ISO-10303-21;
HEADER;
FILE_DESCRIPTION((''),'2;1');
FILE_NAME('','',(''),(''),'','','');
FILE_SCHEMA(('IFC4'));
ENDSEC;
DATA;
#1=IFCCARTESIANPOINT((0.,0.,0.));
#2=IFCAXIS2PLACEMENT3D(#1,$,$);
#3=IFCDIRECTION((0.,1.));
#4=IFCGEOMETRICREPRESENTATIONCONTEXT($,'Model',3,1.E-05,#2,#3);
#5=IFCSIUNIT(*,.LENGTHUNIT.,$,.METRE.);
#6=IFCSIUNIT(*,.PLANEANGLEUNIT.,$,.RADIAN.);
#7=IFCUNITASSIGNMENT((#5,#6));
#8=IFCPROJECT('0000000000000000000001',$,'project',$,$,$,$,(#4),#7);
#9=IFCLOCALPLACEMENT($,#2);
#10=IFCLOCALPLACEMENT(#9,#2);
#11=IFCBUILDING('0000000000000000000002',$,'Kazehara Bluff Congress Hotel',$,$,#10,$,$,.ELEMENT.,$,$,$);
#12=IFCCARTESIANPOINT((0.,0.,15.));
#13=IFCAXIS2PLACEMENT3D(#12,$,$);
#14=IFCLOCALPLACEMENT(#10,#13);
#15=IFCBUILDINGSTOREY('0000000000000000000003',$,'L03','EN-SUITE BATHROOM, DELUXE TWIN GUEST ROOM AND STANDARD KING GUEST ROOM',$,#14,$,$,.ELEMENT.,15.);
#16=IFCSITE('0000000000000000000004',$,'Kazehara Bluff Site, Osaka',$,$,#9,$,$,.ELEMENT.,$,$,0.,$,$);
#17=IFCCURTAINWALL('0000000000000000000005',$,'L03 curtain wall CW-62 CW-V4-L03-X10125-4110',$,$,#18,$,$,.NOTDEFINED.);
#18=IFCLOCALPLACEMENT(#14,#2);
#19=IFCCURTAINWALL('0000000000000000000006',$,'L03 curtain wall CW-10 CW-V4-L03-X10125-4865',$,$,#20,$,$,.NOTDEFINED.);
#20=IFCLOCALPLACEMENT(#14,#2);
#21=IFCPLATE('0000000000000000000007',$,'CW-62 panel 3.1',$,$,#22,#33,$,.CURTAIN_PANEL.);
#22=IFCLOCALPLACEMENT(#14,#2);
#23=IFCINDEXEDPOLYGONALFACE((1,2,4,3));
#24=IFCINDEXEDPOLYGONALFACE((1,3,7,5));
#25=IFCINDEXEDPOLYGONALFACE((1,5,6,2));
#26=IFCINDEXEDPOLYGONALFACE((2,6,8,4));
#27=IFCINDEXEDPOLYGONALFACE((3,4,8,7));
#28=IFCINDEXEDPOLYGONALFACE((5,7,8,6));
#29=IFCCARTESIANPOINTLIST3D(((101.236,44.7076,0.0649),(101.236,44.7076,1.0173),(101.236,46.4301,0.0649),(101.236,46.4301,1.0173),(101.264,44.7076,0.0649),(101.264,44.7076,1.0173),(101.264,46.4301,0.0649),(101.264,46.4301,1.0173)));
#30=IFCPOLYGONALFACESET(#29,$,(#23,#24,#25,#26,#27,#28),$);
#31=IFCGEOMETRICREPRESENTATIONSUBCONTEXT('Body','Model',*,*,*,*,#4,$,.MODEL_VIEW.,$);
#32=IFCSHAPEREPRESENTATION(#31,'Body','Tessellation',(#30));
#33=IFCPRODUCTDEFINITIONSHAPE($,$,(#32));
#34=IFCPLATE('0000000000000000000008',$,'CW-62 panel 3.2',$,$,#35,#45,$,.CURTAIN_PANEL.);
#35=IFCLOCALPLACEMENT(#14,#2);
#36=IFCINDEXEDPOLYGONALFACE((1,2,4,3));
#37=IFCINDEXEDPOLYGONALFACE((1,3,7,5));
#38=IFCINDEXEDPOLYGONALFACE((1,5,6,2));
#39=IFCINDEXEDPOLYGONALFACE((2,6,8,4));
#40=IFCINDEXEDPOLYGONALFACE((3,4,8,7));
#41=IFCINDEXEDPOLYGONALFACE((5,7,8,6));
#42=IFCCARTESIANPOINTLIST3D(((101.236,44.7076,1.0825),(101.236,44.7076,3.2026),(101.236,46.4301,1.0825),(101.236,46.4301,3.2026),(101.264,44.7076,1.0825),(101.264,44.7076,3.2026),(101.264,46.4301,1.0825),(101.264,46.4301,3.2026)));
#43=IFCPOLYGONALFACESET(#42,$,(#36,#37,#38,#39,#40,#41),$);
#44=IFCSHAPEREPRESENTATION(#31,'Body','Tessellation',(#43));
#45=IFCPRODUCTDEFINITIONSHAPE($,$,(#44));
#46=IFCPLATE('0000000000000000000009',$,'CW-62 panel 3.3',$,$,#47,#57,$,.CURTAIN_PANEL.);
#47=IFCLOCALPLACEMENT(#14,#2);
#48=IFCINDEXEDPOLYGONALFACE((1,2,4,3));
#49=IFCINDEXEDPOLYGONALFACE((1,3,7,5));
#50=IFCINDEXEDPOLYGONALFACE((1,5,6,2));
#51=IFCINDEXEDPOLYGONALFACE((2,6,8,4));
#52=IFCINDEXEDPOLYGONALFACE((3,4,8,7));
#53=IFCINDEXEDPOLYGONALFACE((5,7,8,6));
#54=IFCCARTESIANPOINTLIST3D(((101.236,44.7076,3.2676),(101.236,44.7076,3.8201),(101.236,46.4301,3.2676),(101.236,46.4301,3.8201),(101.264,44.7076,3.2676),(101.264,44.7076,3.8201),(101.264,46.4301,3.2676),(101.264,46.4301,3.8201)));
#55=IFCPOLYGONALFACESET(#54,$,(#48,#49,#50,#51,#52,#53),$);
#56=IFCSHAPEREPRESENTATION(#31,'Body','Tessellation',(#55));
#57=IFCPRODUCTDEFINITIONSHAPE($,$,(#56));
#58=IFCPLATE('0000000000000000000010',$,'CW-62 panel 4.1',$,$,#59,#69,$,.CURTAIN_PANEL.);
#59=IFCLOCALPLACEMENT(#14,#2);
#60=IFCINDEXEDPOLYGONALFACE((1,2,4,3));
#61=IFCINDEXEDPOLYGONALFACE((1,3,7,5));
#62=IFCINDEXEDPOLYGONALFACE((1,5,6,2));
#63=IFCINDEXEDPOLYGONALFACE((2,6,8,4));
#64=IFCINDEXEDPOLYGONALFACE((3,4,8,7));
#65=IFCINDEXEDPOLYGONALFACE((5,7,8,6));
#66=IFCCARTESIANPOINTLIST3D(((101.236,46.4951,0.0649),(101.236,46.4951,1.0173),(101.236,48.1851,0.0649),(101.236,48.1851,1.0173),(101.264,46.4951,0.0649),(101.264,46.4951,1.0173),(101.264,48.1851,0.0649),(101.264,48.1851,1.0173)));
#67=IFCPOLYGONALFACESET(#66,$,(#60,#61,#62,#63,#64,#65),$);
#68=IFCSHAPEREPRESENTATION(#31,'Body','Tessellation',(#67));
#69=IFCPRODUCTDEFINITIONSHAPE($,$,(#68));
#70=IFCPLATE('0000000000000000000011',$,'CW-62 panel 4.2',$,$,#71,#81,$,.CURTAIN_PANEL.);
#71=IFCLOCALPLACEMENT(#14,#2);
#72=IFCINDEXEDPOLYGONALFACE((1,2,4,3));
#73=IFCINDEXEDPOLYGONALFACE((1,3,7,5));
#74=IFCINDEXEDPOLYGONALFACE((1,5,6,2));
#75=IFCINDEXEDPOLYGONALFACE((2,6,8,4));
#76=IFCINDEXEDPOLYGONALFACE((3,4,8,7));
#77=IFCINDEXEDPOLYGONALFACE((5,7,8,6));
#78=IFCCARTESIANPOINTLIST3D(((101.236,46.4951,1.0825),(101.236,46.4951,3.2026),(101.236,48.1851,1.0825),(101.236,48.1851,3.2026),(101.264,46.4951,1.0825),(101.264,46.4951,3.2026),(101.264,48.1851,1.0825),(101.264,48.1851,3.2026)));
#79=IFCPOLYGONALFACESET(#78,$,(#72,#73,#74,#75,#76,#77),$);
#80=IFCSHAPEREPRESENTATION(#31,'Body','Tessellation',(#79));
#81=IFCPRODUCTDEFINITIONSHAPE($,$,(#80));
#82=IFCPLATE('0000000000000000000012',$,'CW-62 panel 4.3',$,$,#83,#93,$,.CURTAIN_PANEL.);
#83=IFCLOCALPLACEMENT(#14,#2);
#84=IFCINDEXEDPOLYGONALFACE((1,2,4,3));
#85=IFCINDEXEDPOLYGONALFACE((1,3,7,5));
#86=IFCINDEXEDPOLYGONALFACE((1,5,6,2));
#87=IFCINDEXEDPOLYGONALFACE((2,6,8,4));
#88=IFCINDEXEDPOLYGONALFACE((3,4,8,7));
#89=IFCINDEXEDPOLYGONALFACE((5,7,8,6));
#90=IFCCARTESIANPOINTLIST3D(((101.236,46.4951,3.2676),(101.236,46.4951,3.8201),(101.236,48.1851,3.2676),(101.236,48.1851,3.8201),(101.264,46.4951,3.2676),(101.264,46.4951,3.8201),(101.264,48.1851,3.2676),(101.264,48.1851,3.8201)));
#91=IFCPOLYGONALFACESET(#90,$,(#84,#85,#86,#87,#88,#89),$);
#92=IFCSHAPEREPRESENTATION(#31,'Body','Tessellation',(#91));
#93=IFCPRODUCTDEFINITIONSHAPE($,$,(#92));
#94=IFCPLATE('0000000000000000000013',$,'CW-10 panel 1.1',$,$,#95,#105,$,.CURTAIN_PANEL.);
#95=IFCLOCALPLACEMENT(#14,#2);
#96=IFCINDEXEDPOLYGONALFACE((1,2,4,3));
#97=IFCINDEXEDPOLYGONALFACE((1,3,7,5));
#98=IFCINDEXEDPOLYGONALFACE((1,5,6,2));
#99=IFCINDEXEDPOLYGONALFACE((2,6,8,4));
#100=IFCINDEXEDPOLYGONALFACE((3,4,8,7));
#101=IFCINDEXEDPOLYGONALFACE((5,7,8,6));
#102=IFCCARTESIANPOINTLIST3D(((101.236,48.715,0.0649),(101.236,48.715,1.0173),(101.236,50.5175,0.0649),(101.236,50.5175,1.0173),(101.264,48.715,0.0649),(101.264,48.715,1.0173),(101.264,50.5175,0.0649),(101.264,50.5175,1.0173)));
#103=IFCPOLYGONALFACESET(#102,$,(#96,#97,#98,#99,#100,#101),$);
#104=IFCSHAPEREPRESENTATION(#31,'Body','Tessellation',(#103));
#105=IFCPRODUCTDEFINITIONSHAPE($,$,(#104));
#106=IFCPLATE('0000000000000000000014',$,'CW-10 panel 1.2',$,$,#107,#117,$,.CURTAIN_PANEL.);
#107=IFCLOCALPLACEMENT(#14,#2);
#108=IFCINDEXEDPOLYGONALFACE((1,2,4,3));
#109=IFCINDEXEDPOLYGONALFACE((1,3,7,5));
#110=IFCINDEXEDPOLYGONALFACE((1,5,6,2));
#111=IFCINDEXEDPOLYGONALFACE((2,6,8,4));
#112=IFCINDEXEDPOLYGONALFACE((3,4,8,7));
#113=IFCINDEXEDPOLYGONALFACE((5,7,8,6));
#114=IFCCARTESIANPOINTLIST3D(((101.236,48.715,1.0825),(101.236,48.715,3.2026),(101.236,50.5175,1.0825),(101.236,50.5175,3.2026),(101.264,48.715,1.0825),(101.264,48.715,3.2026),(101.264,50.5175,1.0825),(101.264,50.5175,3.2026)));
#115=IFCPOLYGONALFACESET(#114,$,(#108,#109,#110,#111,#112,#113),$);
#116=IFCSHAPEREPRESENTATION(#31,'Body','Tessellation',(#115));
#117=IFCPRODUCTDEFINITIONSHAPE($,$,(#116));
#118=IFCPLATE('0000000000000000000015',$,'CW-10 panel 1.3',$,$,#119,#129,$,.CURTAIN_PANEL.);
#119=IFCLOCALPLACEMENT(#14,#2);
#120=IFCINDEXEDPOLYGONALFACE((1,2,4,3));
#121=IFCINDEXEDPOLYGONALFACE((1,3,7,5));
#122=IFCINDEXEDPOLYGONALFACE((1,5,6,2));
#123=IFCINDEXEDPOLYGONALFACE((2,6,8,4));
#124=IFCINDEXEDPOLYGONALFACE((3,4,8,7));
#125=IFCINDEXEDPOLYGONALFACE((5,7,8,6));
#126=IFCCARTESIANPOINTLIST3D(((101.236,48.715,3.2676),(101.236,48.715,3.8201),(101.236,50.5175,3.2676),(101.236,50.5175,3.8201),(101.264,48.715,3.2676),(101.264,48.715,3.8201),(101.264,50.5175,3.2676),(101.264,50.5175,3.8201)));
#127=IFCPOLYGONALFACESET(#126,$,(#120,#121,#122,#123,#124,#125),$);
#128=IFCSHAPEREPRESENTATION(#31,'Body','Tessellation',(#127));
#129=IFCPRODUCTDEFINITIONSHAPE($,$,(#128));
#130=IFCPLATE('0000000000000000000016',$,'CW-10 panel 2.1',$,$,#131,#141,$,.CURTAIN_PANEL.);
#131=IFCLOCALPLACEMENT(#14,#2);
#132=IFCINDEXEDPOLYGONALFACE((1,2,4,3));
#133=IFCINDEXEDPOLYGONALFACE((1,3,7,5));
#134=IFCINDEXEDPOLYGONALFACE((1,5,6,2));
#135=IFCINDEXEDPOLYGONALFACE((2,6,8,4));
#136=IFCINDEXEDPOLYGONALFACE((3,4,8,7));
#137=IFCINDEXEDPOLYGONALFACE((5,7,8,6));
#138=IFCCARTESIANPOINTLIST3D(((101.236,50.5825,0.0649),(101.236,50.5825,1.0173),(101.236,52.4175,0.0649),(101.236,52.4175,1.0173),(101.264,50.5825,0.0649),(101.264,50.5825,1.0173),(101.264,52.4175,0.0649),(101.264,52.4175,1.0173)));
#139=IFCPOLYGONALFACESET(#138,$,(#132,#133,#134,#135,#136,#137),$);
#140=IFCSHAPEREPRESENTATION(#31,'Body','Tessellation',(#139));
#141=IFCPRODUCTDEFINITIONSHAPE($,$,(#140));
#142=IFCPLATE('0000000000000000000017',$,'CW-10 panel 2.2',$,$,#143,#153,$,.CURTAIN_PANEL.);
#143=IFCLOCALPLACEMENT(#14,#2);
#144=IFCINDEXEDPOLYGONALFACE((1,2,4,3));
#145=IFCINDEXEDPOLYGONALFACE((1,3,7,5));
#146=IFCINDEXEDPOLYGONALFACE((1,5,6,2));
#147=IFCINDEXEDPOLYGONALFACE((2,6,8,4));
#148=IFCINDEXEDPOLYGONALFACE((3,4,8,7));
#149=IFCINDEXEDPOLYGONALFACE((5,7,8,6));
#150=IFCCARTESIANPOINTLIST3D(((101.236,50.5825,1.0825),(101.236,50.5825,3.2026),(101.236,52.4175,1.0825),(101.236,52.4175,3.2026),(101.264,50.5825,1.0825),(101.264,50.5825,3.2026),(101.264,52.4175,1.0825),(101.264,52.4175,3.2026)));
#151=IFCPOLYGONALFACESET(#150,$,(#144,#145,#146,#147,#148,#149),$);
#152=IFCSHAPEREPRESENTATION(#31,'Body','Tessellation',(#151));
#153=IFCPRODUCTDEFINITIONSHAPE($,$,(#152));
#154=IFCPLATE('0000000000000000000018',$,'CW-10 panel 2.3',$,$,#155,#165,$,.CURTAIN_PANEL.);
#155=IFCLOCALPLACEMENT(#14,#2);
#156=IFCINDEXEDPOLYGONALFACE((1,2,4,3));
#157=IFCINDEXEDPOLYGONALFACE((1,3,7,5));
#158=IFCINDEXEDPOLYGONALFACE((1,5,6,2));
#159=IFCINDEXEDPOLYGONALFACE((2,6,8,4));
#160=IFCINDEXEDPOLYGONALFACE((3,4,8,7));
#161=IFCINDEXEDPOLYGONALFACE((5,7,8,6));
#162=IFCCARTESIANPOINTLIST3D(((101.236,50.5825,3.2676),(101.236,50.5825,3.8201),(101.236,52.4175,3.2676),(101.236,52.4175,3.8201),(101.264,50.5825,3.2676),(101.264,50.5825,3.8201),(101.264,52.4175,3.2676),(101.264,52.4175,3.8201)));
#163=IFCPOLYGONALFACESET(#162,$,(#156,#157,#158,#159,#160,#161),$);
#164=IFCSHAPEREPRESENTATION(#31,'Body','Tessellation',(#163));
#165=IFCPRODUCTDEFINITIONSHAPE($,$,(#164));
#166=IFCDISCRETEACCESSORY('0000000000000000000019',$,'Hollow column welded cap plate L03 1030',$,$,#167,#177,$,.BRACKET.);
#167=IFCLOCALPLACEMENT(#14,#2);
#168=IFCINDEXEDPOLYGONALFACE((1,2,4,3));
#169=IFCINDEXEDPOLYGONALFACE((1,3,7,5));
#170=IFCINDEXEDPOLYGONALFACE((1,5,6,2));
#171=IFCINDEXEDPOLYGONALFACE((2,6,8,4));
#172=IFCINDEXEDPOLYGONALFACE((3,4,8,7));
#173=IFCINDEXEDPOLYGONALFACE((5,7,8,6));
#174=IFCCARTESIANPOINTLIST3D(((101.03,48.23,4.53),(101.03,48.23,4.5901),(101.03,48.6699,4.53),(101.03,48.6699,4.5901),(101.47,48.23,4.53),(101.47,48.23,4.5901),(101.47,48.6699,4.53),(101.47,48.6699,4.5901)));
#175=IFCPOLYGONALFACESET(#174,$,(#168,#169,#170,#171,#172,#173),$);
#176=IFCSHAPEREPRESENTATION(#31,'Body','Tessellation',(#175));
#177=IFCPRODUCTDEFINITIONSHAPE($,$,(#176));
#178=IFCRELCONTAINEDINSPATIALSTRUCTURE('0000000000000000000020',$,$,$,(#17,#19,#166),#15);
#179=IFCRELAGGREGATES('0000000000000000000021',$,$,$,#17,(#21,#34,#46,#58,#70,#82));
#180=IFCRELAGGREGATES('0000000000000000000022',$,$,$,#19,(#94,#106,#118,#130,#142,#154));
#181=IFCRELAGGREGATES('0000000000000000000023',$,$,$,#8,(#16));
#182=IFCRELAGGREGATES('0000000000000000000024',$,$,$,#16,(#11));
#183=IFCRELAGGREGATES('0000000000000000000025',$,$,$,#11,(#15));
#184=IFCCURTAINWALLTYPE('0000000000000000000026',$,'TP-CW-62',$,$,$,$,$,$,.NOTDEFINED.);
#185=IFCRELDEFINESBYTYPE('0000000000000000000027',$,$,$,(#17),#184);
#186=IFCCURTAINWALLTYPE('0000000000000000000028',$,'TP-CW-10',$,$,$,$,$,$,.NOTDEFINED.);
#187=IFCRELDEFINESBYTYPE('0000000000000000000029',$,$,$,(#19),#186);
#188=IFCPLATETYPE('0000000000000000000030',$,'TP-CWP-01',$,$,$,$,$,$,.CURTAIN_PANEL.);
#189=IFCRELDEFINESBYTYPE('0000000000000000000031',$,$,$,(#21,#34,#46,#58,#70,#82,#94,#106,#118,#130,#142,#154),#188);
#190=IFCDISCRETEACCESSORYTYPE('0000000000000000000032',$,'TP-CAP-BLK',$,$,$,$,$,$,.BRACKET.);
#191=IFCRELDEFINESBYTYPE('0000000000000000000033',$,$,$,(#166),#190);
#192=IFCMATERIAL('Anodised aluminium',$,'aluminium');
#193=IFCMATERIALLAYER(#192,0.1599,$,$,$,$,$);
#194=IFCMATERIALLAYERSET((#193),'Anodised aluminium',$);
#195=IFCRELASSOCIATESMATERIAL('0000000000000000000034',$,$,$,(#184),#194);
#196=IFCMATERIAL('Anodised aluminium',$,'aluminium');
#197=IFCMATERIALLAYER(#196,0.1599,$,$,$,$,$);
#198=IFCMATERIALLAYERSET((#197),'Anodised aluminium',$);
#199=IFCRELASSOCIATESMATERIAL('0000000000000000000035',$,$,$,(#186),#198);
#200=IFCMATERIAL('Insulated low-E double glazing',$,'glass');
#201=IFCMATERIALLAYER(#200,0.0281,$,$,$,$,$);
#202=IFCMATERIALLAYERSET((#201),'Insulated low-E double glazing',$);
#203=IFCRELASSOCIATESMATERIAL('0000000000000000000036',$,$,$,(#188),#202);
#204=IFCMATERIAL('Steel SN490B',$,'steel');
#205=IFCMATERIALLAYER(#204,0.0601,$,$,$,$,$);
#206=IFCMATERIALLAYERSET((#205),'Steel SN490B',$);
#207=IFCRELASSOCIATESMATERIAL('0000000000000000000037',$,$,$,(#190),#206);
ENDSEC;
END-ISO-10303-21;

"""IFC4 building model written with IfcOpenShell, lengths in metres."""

from ifc_helpers import new_model, si_unit, direction, frame, origin, origin_2d, place, context, subcontext, project, spatial, rectangle, extrude, material, layer, layer_set, type_object, element, aggregate, save


model = new_model("IFC4")

# Units and contexts
model_context = context("Model", 3, precision=1e-05, world=origin(), true_north=direction((0.0, 1.0)))
body_context = subcontext(model_context, "Body", "Model", "MODEL_VIEW")
ifc_project = project(units=[si_unit("LENGTHUNIT", "METRE"), si_unit("PLANEANGLEUNIT", "RADIAN")], contexts=[model_context])

# Site, building, storey
site_placement = place(None, origin())
site = spatial("IfcSite", under=ifc_project, at=site_placement, Name="Kazehara Bluff Site, Osaka", CompositionType="ELEMENT", RefElevation=0.0)
building_placement = place(site_placement, origin())
building = spatial("IfcBuilding", under=site, at=building_placement, Name="Kazehara Bluff Congress Hotel", CompositionType="ELEMENT")
storey_placement = place(building_placement, frame((0.0, 0.0, 15.0)))
storey = spatial("IfcBuildingStorey", under=building, at=storey_placement, Name="L03", Description="EN-SUITE BATHROOM, DELUXE TWIN GUEST ROOM AND STANDARD KING GUEST ROOM", CompositionType="ELEMENT", Elevation=15.0)

# Curtain walls
ifc_material_1 = material(Name="Anodised aluminium", Category="aluminium")
ifc_layer_1 = layer(ifc_material_1, 0.1599)
ifc_layer_set_1 = layer_set([ifc_layer_1], Name="Anodised aluminium")
curtain_wall_type_1 = type_object("IfcCurtainWallType", Name="TP-CW-62", PredefinedType="NOTDEFINED", material=ifc_layer_set_1)
curtain_wall_1_placement = place(storey_placement, origin())
curtain_wall_1 = element("IfcCurtainWall", 1, at=curtain_wall_1_placement, inside=storey, type_object=curtain_wall_type_1, Name="L03 curtain wall CW-62 CW-V4-L03-X10125-4110", PredefinedType="NOTDEFINED")
ifc_material_2 = material(Name="Anodised aluminium", Category="aluminium")
ifc_layer_2 = layer(ifc_material_2, 0.1599)
ifc_layer_set_2 = layer_set([ifc_layer_2], Name="Anodised aluminium")
curtain_wall_type_2 = type_object("IfcCurtainWallType", Name="TP-CW-10", PredefinedType="NOTDEFINED", material=ifc_layer_set_2)
curtain_wall_2_placement = place(storey_placement, origin())
curtain_wall_2 = element("IfcCurtainWall", 2, at=curtain_wall_2_placement, inside=storey, type_object=curtain_wall_type_2, Name="L03 curtain wall CW-10 CW-V4-L03-X10125-4865", PredefinedType="NOTDEFINED")

# Plates
ifc_material_3 = material(Name="Insulated low-E double glazing", Category="glass")
ifc_layer_3 = layer(ifc_material_3, 0.0281)
ifc_layer_set_3 = layer_set([ifc_layer_3], Name="Insulated low-E double glazing")
plate_type = type_object("IfcPlateType", Name="TP-CWP-01", PredefinedType="CURTAIN_PANEL", material=ifc_layer_set_3)
plate_1_placement = place(storey_placement, frame((101.25, 45.5688, 0.0649), z_axis=(0.0, 0.0, 1.0), x_axis=(0.0, 1.0, 0.0)))
plate_1 = element("IfcPlate", 3, at=plate_1_placement, type_object=plate_type, Name="CW-62 panel 3.1", PredefinedType="CURTAIN_PANEL", context=body_context, shape_type="SweptSolid", body=[
    extrude(rectangle(XDim=1.7224, YDim=0.0281, at=origin_2d()), origin(), (0.0, 0.0, 1.0), 0.9524),
])
plate_2_placement = place(storey_placement, frame((101.25, 45.5688, 1.0825), z_axis=(0.0, 0.0, 1.0), x_axis=(0.0, 1.0, 0.0)))
plate_2 = element("IfcPlate", 4, at=plate_2_placement, type_object=plate_type, Name="CW-62 panel 3.2", PredefinedType="CURTAIN_PANEL", context=body_context, shape_type="SweptSolid", body=[
    extrude(rectangle(XDim=1.7224, YDim=0.0281, at=origin_2d()), origin(), (0.0, 0.0, 1.0), 2.1201),
])
plate_3_placement = place(storey_placement, frame((101.25, 45.5688, 3.2676), z_axis=(0.0, 0.0, 1.0), x_axis=(0.0, 1.0, 0.0)))
plate_3 = element("IfcPlate", 5, at=plate_3_placement, type_object=plate_type, Name="CW-62 panel 3.3", PredefinedType="CURTAIN_PANEL", context=body_context, shape_type="SweptSolid", body=[
    extrude(rectangle(XDim=1.7224, YDim=0.0281, at=origin_2d()), origin(), (0.0, 0.0, 1.0), 0.5525),
])
plate_4_placement = place(storey_placement, frame((101.25, 47.3401, 0.0649), z_axis=(0.0, 0.0, 1.0), x_axis=(0.0, 1.0, 0.0)))
plate_4 = element("IfcPlate", 6, at=plate_4_placement, type_object=plate_type, Name="CW-62 panel 4.1", PredefinedType="CURTAIN_PANEL", context=body_context, shape_type="SweptSolid", body=[
    extrude(rectangle(XDim=1.6899, YDim=0.0281, at=origin_2d()), origin(), (0.0, 0.0, 1.0), 0.9524),
])
plate_5_placement = place(storey_placement, frame((101.25, 47.3401, 1.0825), z_axis=(0.0, 0.0, 1.0), x_axis=(0.0, 1.0, 0.0)))
plate_5 = element("IfcPlate", 7, at=plate_5_placement, type_object=plate_type, Name="CW-62 panel 4.2", PredefinedType="CURTAIN_PANEL", context=body_context, shape_type="SweptSolid", body=[
    extrude(rectangle(XDim=1.6899, YDim=0.0281, at=origin_2d()), origin(), (0.0, 0.0, 1.0), 2.1201),
])
plate_6_placement = place(storey_placement, frame((101.25, 47.3401, 3.2676), z_axis=(0.0, 0.0, 1.0), x_axis=(0.0, 1.0, 0.0)))
plate_6 = element("IfcPlate", 8, at=plate_6_placement, type_object=plate_type, Name="CW-62 panel 4.3", PredefinedType="CURTAIN_PANEL", context=body_context, shape_type="SweptSolid", body=[
    extrude(rectangle(XDim=1.6899, YDim=0.0281, at=origin_2d()), origin(), (0.0, 0.0, 1.0), 0.5525),
])
aggregate(curtain_wall_1, [plate_1, plate_2, plate_3, plate_4, plate_5, plate_6])
plate_7_placement = place(storey_placement, frame((101.25, 49.6162, 0.0649), z_axis=(0.0, 0.0, 1.0), x_axis=(0.0, 1.0, 0.0)))
plate_7 = element("IfcPlate", 9, at=plate_7_placement, type_object=plate_type, Name="CW-10 panel 1.1", PredefinedType="CURTAIN_PANEL", context=body_context, shape_type="SweptSolid", body=[
    extrude(rectangle(XDim=1.8025, YDim=0.0281, at=origin_2d()), origin(), (0.0, 0.0, 1.0), 0.9524),
])
plate_8_placement = place(storey_placement, frame((101.25, 49.6162, 1.0825), z_axis=(0.0, 0.0, 1.0), x_axis=(0.0, 1.0, 0.0)))
plate_8 = element("IfcPlate", 10, at=plate_8_placement, type_object=plate_type, Name="CW-10 panel 1.2", PredefinedType="CURTAIN_PANEL", context=body_context, shape_type="SweptSolid", body=[
    extrude(rectangle(XDim=1.8025, YDim=0.0281, at=origin_2d()), origin(), (0.0, 0.0, 1.0), 2.1201),
])
plate_9_placement = place(storey_placement, frame((101.25, 49.6162, 3.2676), z_axis=(0.0, 0.0, 1.0), x_axis=(0.0, 1.0, 0.0)))
plate_9 = element("IfcPlate", 11, at=plate_9_placement, type_object=plate_type, Name="CW-10 panel 1.3", PredefinedType="CURTAIN_PANEL", context=body_context, shape_type="SweptSolid", body=[
    extrude(rectangle(XDim=1.8025, YDim=0.0281, at=origin_2d()), origin(), (0.0, 0.0, 1.0), 0.5525),
])
plate_10_placement = place(storey_placement, frame((101.25, 51.5, 0.0649), z_axis=(0.0, 0.0, 1.0), x_axis=(0.0, 1.0, 0.0)))
plate_10 = element("IfcPlate", 12, at=plate_10_placement, type_object=plate_type, Name="CW-10 panel 2.1", PredefinedType="CURTAIN_PANEL", context=body_context, shape_type="SweptSolid", body=[
    extrude(rectangle(XDim=1.835, YDim=0.0281, at=origin_2d()), origin(), (0.0, 0.0, 1.0), 0.9524),
])
plate_11_placement = place(storey_placement, frame((101.25, 51.5, 1.0825), z_axis=(0.0, 0.0, 1.0), x_axis=(0.0, 1.0, 0.0)))
plate_11 = element("IfcPlate", 13, at=plate_11_placement, type_object=plate_type, Name="CW-10 panel 2.2", PredefinedType="CURTAIN_PANEL", context=body_context, shape_type="SweptSolid", body=[
    extrude(rectangle(XDim=1.835, YDim=0.0281, at=origin_2d()), origin(), (0.0, 0.0, 1.0), 2.1201),
])
plate_12_placement = place(storey_placement, frame((101.25, 51.5, 3.2676), z_axis=(0.0, 0.0, 1.0), x_axis=(0.0, 1.0, 0.0)))
plate_12 = element("IfcPlate", 14, at=plate_12_placement, type_object=plate_type, Name="CW-10 panel 2.3", PredefinedType="CURTAIN_PANEL", context=body_context, shape_type="SweptSolid", body=[
    extrude(rectangle(XDim=1.835, YDim=0.0281, at=origin_2d()), origin(), (0.0, 0.0, 1.0), 0.5525),
])
aggregate(curtain_wall_2, [plate_7, plate_8, plate_9, plate_10, plate_11, plate_12])

# Discrete accessory
ifc_material_4 = material(Name="Steel SN490B", Category="steel")
ifc_layer_4 = layer(ifc_material_4, 0.0601)
ifc_layer_set_4 = layer_set([ifc_layer_4], Name="Steel SN490B")
discrete_accessory_type = type_object("IfcDiscreteAccessoryType", Name="TP-CAP-BLK", PredefinedType="BRACKET", material=ifc_layer_set_4)
discrete_accessory_placement = place(storey_placement, frame((101.25, 48.45, 4.53), z_axis=(0.0, 0.0, 1.0), x_axis=(1.0, 0.0, 0.0)))
element("IfcDiscreteAccessory", 15, at=discrete_accessory_placement, inside=storey, type_object=discrete_accessory_type, Name="Hollow column welded cap plate L03 1030", PredefinedType="BRACKET", context=body_context, shape_type="SweptSolid", body=[
    extrude(rectangle(XDim=0.4399, YDim=0.4399, at=origin_2d()), origin(), (0.0, 0.0, 1.0), 0.0601),
])

save(model, "model.ifc")
